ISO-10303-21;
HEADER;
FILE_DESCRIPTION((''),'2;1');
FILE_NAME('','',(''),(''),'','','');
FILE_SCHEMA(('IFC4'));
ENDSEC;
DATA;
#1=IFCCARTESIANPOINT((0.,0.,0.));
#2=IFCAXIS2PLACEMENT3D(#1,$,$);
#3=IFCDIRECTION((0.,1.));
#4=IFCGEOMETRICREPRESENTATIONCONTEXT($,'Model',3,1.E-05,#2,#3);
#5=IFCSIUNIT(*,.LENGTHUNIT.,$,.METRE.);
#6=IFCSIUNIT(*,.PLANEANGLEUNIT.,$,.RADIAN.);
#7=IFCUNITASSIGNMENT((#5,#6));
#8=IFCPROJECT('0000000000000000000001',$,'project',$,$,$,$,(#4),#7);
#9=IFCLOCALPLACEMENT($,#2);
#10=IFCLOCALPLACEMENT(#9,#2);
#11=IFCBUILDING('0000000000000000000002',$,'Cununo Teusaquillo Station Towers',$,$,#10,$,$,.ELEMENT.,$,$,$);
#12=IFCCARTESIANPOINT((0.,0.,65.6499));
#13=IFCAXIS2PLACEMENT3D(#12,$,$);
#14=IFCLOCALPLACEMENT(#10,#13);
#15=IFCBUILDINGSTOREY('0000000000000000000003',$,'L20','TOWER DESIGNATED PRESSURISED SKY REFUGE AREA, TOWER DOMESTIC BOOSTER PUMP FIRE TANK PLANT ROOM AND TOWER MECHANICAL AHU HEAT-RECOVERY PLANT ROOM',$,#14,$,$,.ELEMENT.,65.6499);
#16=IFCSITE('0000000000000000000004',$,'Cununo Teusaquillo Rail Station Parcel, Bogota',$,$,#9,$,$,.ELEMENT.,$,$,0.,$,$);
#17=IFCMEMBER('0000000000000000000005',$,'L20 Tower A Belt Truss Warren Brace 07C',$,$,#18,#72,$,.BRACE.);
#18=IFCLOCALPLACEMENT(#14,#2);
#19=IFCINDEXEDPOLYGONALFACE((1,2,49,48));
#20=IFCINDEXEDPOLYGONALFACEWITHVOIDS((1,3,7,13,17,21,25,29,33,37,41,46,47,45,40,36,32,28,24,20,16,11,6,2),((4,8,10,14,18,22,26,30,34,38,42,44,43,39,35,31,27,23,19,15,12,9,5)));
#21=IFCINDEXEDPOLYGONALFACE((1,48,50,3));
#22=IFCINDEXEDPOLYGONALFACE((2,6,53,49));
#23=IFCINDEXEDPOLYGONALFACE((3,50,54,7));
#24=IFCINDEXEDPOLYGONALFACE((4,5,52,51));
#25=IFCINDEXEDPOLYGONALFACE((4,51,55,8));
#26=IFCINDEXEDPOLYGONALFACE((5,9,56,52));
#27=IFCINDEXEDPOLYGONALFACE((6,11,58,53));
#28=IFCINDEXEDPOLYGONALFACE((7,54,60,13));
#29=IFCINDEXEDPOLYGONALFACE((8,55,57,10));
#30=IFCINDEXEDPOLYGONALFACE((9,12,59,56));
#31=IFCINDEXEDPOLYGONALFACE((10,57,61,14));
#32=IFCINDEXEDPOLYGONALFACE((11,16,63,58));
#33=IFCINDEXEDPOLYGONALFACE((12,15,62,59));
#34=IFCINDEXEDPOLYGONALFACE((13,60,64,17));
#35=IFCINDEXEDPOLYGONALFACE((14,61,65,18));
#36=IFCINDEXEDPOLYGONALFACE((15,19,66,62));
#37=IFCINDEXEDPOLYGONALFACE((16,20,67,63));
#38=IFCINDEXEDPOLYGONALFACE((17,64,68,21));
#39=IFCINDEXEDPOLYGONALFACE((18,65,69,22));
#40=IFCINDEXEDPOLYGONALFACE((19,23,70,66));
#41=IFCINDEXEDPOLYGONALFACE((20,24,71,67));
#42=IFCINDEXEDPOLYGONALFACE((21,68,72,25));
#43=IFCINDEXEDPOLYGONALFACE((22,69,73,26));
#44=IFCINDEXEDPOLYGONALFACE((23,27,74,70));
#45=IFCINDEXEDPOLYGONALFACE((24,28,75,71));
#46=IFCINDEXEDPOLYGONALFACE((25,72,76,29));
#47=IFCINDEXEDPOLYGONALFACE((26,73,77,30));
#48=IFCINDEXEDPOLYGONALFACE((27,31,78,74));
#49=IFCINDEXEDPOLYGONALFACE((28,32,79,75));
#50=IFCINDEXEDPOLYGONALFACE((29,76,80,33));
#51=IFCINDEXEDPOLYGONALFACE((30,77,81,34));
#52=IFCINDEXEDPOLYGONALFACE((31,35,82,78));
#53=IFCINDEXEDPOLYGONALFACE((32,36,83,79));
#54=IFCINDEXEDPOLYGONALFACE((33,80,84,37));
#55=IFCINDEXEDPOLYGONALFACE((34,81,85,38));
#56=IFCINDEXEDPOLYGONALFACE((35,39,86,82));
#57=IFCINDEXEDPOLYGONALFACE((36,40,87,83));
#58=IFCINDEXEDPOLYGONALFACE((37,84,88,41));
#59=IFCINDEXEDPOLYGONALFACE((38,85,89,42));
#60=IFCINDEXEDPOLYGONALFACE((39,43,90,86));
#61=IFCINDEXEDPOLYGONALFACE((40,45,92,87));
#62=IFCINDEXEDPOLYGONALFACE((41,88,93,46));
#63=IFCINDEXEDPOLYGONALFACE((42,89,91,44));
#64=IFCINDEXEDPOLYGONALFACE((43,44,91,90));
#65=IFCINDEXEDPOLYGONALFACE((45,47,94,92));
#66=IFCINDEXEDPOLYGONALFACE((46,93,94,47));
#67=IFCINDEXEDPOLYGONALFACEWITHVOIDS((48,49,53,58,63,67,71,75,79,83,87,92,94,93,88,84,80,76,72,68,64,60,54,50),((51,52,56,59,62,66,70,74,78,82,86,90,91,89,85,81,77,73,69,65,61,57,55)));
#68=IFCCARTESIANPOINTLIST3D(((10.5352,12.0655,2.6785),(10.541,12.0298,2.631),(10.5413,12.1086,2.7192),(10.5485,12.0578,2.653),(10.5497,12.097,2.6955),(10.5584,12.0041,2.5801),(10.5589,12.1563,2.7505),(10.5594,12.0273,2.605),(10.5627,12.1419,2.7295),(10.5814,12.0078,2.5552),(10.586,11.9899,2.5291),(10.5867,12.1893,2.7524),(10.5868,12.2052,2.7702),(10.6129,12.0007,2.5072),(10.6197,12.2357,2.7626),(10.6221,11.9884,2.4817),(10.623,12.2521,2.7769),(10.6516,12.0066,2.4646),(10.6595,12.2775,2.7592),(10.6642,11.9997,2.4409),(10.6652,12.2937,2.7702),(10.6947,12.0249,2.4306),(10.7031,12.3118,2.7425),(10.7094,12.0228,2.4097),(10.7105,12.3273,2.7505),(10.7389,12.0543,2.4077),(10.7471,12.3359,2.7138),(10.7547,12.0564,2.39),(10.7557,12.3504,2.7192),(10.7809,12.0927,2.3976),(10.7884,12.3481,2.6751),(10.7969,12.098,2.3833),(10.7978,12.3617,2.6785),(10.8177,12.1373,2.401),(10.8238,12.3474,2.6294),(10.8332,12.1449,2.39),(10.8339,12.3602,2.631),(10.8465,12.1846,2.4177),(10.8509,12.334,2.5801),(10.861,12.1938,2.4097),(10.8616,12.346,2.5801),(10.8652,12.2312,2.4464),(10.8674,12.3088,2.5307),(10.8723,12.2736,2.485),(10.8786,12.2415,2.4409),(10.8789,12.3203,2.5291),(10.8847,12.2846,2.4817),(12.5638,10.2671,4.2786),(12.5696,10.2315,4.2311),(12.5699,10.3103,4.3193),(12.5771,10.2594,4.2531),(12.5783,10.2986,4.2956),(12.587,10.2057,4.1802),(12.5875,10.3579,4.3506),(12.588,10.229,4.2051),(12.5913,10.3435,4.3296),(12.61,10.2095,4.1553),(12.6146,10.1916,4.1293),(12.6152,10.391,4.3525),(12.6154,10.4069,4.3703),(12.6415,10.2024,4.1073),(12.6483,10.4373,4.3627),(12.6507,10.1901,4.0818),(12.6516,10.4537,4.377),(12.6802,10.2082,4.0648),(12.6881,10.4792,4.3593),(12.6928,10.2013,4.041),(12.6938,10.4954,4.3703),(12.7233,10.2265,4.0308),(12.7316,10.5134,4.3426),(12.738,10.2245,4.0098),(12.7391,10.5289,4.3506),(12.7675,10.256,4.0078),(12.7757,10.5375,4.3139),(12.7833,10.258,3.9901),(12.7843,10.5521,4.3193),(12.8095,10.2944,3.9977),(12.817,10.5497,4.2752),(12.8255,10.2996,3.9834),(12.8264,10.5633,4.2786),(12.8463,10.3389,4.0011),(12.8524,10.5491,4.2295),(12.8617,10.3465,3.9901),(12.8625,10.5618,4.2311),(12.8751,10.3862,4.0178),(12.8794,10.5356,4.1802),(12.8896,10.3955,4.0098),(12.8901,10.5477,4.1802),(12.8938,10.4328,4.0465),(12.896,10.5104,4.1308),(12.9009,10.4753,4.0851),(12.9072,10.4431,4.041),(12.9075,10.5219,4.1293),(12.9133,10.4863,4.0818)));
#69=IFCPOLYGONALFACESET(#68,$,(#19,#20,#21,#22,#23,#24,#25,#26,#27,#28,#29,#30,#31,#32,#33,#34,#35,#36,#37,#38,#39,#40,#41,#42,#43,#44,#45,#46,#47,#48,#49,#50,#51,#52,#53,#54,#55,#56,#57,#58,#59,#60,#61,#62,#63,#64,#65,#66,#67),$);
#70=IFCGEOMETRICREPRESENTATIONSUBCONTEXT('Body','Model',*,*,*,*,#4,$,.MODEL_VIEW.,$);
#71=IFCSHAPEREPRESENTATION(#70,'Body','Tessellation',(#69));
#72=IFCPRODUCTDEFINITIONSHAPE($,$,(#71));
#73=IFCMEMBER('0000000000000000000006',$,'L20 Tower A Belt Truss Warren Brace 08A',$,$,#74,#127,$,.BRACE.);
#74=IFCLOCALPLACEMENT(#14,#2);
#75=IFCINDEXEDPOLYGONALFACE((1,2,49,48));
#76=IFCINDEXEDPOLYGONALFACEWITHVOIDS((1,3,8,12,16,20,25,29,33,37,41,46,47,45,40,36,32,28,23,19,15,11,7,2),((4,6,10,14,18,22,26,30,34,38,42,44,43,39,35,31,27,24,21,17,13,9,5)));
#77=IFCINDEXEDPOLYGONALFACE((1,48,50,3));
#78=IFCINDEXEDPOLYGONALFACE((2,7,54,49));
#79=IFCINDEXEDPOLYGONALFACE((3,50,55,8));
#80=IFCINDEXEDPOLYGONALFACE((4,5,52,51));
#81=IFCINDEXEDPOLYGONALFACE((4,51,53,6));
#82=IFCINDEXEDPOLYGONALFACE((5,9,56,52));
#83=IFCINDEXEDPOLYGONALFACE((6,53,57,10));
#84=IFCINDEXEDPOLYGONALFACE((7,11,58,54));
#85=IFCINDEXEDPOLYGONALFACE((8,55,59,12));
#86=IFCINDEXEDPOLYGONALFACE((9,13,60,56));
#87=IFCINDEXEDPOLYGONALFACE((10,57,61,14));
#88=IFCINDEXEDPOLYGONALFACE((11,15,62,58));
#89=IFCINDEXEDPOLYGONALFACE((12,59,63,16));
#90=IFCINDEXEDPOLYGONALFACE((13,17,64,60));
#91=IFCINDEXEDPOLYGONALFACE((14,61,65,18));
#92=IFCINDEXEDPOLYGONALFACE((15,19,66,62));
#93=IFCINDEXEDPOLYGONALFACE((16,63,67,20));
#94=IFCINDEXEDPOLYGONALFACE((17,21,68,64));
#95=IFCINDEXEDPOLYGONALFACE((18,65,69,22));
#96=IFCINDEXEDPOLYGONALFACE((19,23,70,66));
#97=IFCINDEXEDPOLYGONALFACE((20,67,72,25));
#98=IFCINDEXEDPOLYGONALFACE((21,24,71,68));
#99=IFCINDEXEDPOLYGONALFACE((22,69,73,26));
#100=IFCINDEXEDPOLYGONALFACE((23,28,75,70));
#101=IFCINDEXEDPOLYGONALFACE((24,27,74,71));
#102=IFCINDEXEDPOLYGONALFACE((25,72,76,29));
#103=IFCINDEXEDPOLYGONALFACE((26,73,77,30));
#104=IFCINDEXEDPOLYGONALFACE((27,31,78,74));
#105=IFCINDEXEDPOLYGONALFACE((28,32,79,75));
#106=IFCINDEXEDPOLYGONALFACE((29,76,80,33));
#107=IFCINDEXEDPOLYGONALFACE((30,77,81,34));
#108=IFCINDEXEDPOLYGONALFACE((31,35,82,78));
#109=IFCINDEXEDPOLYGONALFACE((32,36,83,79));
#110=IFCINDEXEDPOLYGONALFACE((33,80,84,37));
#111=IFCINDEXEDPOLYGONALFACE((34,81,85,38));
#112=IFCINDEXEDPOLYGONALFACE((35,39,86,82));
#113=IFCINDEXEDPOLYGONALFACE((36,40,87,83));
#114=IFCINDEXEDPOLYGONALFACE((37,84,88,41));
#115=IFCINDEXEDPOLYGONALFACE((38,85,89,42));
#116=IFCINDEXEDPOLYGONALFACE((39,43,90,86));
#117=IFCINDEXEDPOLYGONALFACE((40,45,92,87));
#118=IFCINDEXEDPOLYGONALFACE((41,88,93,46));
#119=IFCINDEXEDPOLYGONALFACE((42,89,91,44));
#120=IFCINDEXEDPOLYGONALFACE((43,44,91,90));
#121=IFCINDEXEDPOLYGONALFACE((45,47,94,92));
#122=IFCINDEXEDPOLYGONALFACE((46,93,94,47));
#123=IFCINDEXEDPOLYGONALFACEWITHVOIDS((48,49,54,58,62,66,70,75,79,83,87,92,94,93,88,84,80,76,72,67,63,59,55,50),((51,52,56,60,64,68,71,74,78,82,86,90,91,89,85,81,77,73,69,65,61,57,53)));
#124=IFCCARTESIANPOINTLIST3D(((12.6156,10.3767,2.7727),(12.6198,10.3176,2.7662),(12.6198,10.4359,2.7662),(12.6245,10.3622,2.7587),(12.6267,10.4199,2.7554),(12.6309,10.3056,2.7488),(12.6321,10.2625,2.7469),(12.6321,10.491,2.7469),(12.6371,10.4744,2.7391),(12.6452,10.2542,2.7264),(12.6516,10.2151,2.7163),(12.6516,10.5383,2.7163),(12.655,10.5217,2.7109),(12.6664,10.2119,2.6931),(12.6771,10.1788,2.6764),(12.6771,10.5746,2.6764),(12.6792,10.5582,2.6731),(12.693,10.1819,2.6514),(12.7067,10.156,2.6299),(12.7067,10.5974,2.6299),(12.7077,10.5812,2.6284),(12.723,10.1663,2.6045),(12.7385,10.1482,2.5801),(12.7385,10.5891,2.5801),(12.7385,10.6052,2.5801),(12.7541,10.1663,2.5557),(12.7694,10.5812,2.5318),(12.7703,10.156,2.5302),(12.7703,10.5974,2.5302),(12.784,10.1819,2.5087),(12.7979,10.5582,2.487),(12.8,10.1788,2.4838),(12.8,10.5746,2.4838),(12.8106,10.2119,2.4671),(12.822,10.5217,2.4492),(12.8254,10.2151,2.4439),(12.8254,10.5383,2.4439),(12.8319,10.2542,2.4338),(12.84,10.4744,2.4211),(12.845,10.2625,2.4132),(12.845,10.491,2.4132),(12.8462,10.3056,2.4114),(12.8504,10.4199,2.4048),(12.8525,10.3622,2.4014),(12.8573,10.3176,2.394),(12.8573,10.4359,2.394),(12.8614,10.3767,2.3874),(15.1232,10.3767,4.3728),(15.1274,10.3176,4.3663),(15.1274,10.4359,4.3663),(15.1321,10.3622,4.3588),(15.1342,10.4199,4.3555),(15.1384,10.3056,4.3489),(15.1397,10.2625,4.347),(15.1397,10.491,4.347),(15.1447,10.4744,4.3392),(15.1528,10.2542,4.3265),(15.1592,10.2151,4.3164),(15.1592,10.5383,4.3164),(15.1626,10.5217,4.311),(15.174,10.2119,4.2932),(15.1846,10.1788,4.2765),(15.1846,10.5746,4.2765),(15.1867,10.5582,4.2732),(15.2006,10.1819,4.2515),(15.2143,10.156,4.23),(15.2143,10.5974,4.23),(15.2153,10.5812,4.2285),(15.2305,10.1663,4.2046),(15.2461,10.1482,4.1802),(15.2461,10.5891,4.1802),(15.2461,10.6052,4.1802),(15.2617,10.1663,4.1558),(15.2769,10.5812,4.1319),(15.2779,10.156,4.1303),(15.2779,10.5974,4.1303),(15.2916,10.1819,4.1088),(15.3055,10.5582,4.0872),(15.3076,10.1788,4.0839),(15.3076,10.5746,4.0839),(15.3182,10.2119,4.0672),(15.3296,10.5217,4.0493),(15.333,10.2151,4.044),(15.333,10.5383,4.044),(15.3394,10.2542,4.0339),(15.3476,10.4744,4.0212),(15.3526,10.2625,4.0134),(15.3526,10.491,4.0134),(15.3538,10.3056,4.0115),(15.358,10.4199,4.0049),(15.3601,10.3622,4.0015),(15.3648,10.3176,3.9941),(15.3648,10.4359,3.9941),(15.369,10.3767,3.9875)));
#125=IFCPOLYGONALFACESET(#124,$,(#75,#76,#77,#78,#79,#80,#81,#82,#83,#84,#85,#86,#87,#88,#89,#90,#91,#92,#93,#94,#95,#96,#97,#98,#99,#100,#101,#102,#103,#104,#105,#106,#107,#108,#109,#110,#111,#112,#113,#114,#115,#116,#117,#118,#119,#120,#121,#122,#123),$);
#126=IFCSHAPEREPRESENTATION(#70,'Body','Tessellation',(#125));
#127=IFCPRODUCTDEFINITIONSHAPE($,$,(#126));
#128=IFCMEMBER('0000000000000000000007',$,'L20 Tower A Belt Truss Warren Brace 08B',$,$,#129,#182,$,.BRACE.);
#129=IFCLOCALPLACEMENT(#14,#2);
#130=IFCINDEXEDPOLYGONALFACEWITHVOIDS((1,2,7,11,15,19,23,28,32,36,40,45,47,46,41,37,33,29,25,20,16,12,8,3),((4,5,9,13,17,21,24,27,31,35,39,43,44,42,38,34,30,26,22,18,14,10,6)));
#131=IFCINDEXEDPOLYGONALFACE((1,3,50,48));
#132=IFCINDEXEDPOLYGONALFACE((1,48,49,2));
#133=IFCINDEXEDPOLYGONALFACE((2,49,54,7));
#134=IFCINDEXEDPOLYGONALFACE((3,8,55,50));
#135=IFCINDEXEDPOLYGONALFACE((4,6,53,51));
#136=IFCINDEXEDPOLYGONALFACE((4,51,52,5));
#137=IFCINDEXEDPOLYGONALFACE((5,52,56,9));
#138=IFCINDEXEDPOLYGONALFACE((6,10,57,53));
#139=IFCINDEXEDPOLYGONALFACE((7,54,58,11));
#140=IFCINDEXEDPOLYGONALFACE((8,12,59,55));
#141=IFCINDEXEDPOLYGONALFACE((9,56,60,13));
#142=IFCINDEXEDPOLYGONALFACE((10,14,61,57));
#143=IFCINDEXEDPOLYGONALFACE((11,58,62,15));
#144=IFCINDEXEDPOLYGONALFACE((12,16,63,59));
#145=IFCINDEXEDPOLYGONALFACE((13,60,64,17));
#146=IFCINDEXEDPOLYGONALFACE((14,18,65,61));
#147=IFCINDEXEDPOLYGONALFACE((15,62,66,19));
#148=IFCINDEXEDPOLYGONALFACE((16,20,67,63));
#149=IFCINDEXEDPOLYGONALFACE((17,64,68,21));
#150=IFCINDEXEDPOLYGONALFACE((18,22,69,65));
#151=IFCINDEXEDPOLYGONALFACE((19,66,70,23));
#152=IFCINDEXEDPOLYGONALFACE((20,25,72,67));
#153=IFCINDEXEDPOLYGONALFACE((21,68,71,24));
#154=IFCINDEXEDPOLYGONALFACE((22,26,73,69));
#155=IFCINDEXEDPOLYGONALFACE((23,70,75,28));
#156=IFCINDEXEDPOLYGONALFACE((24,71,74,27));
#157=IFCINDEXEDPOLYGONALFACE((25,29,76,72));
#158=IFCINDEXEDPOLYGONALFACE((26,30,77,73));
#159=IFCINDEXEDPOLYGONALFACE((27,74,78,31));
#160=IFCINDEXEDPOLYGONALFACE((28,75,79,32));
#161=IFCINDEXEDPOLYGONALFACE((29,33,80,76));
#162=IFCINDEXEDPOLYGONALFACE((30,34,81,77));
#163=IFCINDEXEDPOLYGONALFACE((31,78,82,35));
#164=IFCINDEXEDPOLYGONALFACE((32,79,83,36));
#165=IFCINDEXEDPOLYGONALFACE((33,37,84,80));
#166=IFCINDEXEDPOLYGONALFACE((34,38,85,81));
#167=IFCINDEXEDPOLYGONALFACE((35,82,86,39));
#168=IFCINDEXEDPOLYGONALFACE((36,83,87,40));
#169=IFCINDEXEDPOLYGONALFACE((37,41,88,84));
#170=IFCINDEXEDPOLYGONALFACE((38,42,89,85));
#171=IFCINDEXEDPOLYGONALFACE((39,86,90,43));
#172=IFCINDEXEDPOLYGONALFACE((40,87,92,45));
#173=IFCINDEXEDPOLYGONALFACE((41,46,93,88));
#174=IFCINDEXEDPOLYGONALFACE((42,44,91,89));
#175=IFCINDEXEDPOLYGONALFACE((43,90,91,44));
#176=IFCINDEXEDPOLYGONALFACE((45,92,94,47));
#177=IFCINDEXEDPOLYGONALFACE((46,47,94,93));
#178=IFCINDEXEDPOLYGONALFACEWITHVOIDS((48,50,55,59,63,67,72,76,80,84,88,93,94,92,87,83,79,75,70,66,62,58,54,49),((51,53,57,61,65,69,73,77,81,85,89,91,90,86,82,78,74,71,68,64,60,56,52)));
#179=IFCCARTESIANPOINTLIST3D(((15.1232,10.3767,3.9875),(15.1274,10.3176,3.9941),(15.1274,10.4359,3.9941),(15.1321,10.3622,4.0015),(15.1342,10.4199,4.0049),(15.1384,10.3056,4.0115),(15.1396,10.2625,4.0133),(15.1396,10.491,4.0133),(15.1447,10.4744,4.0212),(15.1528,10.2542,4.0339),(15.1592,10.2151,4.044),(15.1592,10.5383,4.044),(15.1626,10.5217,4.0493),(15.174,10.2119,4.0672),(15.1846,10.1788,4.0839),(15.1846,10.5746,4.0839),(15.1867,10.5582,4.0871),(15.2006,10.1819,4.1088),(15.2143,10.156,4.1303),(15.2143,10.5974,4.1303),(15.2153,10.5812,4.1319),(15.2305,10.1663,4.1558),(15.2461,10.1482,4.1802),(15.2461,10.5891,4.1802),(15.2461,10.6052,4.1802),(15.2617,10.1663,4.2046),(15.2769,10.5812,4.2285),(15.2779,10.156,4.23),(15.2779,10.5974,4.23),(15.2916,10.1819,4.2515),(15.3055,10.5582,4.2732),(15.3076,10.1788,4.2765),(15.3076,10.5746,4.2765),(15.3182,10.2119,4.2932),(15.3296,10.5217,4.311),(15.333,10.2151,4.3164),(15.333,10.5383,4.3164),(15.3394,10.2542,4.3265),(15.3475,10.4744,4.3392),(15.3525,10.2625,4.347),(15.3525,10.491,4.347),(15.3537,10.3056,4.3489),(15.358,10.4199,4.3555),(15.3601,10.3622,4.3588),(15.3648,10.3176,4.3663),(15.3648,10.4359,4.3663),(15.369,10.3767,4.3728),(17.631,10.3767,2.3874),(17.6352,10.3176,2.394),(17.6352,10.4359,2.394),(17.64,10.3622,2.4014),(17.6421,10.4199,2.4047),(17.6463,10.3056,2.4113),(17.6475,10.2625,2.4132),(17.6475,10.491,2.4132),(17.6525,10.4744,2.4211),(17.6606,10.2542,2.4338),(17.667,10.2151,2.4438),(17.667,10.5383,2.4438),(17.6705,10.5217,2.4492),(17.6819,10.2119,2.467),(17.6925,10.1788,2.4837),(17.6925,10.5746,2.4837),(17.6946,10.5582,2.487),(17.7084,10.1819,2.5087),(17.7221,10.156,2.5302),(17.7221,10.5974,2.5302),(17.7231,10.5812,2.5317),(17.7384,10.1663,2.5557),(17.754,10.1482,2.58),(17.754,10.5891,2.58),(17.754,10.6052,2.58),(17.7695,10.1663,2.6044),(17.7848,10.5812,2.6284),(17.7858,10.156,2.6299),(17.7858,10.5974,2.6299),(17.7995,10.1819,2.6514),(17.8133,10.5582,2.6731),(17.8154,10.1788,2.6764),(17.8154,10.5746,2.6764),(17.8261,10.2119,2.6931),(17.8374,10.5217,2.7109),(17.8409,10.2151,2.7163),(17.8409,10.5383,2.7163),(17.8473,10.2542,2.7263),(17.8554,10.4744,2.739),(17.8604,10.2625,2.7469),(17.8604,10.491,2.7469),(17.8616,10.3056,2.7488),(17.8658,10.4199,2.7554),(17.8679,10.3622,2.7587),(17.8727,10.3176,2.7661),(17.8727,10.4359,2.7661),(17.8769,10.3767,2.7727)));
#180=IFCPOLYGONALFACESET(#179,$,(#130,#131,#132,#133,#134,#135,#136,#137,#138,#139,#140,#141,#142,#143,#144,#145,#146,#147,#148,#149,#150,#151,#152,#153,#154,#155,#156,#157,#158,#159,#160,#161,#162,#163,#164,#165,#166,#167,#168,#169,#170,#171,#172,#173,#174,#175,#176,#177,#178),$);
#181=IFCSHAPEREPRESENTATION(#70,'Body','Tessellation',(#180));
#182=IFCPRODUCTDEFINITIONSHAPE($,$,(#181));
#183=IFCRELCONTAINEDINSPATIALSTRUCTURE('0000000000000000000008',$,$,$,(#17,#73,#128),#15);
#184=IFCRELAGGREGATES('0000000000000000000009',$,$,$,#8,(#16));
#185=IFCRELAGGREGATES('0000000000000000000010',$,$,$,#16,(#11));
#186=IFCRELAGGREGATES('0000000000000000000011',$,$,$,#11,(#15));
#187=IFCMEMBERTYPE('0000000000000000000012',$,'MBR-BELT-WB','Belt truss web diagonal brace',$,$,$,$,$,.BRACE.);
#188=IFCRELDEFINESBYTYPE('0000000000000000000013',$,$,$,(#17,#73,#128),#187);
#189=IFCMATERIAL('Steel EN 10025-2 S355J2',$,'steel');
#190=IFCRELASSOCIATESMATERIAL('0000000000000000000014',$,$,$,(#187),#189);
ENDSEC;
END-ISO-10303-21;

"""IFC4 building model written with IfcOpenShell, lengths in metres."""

from ifc_helpers import new_model, si_unit, direction, frame, origin, origin_2d, place, context, subcontext, project, spatial, hollow_circle, extrude, material, material_profile, profile_set, type_object, element, save


model = new_model("IFC4")

# Units and contexts
model_context = context("Model", 3, precision=1e-05, world=origin(), true_north=direction((0.0, 1.0)))
body_context = subcontext(model_context, "Body", "Model", "MODEL_VIEW")
ifc_project = project(units=[si_unit("LENGTHUNIT", "METRE"), si_unit("PLANEANGLEUNIT", "RADIAN")], contexts=[model_context])

# Site, building, storey
site_placement = place(None, origin())
site = spatial("IfcSite", under=ifc_project, at=site_placement, Name="Cununo Teusaquillo Rail Station Parcel, Bogota", CompositionType="ELEMENT", RefElevation=0.0)
building_placement = place(site_placement, origin())
building = spatial("IfcBuilding", under=site, at=building_placement, Name="Cununo Teusaquillo Station Towers", CompositionType="ELEMENT")
storey_placement = place(building_placement, frame((0.0, 0.0, 65.6499)))
storey = spatial("IfcBuildingStorey", under=building, at=storey_placement, Name="L20", Description="TOWER DESIGNATED PRESSURISED SKY REFUGE AREA, TOWER DOMESTIC BOOSTER PUMP FIRE TANK PLANT ROOM AND TOWER MECHANICAL AHU HEAT-RECOVERY PLANT ROOM", CompositionType="ELEMENT", Elevation=65.6499)

# Members
ifc_material_1 = material(Name="Steel EN 10025-2 S355J2", Category="steel")
ifc_material_profile_1 = material_profile(ifc_material_1, hollow_circle(Radius=0.2285, WallThickness=0.0161, at=origin_2d()), Name="CHS 457x16")
ifc_profile_set_1 = profile_set([ifc_material_profile_1], Name="Steel EN 10025-2 S355J2")
member_type_1 = type_object("IfcMemberType", Name="MBR-BELT-WB", Description="Belt truss web diagonal brace", PredefinedType="BRACE", material=ifc_profile_set_1)
member_1_placement = place(storey_placement, frame((10.71, 12.175, 2.5801), z_axis=(0.644414, -0.571278, 0.508303), x_axis=(0.663368, 0.748293, 0.0)))
element("IfcMember", 1, at=member_1_placement, inside=storey, type_object=member_type_1, Name="L20 Tower A Belt Truss Warren Brace 07C", PredefinedType="BRACE", context=body_context, shape_type="SweptSolid", body=[
    extrude(hollow_circle(Radius=0.2285, WallThickness=0.0161, at=origin_2d()), origin(), (0.0, 0.0, 1.0), 3.1479),
])
member_2_placement = place(storey_placement, frame((12.7385, 10.3767, 2.5801), z_axis=(0.842995, 0.0, 0.537921), x_axis=(0.0, 1.0, 0.0)))
element("IfcMember", 2, at=member_2_placement, inside=storey, type_object=member_type_1, Name="L20 Tower A Belt Truss Warren Brace 08A", PredefinedType="BRACE", context=body_context, shape_type="SweptSolid", body=[
    extrude(hollow_circle(Radius=0.2285, WallThickness=0.0161, at=origin_2d()), origin(), (0.0, 0.0, 1.0), 2.9746),
])
member_3_placement = place(storey_placement, frame((15.2461, 10.3767, 4.1802), z_axis=(0.843019, 0.0, -0.537884), x_axis=(0.0, 1.0, 0.0)))
element("IfcMember", 3, at=member_3_placement, inside=storey, type_object=member_type_1, Name="L20 Tower A Belt Truss Warren Brace 08B", PredefinedType="BRACE", context=body_context, shape_type="SweptSolid", body=[
    extrude(hollow_circle(Radius=0.2285, WallThickness=0.0161, at=origin_2d()), origin(), (0.0, 0.0, 1.0), 2.9749),
])

save(model, "model.ifc")
